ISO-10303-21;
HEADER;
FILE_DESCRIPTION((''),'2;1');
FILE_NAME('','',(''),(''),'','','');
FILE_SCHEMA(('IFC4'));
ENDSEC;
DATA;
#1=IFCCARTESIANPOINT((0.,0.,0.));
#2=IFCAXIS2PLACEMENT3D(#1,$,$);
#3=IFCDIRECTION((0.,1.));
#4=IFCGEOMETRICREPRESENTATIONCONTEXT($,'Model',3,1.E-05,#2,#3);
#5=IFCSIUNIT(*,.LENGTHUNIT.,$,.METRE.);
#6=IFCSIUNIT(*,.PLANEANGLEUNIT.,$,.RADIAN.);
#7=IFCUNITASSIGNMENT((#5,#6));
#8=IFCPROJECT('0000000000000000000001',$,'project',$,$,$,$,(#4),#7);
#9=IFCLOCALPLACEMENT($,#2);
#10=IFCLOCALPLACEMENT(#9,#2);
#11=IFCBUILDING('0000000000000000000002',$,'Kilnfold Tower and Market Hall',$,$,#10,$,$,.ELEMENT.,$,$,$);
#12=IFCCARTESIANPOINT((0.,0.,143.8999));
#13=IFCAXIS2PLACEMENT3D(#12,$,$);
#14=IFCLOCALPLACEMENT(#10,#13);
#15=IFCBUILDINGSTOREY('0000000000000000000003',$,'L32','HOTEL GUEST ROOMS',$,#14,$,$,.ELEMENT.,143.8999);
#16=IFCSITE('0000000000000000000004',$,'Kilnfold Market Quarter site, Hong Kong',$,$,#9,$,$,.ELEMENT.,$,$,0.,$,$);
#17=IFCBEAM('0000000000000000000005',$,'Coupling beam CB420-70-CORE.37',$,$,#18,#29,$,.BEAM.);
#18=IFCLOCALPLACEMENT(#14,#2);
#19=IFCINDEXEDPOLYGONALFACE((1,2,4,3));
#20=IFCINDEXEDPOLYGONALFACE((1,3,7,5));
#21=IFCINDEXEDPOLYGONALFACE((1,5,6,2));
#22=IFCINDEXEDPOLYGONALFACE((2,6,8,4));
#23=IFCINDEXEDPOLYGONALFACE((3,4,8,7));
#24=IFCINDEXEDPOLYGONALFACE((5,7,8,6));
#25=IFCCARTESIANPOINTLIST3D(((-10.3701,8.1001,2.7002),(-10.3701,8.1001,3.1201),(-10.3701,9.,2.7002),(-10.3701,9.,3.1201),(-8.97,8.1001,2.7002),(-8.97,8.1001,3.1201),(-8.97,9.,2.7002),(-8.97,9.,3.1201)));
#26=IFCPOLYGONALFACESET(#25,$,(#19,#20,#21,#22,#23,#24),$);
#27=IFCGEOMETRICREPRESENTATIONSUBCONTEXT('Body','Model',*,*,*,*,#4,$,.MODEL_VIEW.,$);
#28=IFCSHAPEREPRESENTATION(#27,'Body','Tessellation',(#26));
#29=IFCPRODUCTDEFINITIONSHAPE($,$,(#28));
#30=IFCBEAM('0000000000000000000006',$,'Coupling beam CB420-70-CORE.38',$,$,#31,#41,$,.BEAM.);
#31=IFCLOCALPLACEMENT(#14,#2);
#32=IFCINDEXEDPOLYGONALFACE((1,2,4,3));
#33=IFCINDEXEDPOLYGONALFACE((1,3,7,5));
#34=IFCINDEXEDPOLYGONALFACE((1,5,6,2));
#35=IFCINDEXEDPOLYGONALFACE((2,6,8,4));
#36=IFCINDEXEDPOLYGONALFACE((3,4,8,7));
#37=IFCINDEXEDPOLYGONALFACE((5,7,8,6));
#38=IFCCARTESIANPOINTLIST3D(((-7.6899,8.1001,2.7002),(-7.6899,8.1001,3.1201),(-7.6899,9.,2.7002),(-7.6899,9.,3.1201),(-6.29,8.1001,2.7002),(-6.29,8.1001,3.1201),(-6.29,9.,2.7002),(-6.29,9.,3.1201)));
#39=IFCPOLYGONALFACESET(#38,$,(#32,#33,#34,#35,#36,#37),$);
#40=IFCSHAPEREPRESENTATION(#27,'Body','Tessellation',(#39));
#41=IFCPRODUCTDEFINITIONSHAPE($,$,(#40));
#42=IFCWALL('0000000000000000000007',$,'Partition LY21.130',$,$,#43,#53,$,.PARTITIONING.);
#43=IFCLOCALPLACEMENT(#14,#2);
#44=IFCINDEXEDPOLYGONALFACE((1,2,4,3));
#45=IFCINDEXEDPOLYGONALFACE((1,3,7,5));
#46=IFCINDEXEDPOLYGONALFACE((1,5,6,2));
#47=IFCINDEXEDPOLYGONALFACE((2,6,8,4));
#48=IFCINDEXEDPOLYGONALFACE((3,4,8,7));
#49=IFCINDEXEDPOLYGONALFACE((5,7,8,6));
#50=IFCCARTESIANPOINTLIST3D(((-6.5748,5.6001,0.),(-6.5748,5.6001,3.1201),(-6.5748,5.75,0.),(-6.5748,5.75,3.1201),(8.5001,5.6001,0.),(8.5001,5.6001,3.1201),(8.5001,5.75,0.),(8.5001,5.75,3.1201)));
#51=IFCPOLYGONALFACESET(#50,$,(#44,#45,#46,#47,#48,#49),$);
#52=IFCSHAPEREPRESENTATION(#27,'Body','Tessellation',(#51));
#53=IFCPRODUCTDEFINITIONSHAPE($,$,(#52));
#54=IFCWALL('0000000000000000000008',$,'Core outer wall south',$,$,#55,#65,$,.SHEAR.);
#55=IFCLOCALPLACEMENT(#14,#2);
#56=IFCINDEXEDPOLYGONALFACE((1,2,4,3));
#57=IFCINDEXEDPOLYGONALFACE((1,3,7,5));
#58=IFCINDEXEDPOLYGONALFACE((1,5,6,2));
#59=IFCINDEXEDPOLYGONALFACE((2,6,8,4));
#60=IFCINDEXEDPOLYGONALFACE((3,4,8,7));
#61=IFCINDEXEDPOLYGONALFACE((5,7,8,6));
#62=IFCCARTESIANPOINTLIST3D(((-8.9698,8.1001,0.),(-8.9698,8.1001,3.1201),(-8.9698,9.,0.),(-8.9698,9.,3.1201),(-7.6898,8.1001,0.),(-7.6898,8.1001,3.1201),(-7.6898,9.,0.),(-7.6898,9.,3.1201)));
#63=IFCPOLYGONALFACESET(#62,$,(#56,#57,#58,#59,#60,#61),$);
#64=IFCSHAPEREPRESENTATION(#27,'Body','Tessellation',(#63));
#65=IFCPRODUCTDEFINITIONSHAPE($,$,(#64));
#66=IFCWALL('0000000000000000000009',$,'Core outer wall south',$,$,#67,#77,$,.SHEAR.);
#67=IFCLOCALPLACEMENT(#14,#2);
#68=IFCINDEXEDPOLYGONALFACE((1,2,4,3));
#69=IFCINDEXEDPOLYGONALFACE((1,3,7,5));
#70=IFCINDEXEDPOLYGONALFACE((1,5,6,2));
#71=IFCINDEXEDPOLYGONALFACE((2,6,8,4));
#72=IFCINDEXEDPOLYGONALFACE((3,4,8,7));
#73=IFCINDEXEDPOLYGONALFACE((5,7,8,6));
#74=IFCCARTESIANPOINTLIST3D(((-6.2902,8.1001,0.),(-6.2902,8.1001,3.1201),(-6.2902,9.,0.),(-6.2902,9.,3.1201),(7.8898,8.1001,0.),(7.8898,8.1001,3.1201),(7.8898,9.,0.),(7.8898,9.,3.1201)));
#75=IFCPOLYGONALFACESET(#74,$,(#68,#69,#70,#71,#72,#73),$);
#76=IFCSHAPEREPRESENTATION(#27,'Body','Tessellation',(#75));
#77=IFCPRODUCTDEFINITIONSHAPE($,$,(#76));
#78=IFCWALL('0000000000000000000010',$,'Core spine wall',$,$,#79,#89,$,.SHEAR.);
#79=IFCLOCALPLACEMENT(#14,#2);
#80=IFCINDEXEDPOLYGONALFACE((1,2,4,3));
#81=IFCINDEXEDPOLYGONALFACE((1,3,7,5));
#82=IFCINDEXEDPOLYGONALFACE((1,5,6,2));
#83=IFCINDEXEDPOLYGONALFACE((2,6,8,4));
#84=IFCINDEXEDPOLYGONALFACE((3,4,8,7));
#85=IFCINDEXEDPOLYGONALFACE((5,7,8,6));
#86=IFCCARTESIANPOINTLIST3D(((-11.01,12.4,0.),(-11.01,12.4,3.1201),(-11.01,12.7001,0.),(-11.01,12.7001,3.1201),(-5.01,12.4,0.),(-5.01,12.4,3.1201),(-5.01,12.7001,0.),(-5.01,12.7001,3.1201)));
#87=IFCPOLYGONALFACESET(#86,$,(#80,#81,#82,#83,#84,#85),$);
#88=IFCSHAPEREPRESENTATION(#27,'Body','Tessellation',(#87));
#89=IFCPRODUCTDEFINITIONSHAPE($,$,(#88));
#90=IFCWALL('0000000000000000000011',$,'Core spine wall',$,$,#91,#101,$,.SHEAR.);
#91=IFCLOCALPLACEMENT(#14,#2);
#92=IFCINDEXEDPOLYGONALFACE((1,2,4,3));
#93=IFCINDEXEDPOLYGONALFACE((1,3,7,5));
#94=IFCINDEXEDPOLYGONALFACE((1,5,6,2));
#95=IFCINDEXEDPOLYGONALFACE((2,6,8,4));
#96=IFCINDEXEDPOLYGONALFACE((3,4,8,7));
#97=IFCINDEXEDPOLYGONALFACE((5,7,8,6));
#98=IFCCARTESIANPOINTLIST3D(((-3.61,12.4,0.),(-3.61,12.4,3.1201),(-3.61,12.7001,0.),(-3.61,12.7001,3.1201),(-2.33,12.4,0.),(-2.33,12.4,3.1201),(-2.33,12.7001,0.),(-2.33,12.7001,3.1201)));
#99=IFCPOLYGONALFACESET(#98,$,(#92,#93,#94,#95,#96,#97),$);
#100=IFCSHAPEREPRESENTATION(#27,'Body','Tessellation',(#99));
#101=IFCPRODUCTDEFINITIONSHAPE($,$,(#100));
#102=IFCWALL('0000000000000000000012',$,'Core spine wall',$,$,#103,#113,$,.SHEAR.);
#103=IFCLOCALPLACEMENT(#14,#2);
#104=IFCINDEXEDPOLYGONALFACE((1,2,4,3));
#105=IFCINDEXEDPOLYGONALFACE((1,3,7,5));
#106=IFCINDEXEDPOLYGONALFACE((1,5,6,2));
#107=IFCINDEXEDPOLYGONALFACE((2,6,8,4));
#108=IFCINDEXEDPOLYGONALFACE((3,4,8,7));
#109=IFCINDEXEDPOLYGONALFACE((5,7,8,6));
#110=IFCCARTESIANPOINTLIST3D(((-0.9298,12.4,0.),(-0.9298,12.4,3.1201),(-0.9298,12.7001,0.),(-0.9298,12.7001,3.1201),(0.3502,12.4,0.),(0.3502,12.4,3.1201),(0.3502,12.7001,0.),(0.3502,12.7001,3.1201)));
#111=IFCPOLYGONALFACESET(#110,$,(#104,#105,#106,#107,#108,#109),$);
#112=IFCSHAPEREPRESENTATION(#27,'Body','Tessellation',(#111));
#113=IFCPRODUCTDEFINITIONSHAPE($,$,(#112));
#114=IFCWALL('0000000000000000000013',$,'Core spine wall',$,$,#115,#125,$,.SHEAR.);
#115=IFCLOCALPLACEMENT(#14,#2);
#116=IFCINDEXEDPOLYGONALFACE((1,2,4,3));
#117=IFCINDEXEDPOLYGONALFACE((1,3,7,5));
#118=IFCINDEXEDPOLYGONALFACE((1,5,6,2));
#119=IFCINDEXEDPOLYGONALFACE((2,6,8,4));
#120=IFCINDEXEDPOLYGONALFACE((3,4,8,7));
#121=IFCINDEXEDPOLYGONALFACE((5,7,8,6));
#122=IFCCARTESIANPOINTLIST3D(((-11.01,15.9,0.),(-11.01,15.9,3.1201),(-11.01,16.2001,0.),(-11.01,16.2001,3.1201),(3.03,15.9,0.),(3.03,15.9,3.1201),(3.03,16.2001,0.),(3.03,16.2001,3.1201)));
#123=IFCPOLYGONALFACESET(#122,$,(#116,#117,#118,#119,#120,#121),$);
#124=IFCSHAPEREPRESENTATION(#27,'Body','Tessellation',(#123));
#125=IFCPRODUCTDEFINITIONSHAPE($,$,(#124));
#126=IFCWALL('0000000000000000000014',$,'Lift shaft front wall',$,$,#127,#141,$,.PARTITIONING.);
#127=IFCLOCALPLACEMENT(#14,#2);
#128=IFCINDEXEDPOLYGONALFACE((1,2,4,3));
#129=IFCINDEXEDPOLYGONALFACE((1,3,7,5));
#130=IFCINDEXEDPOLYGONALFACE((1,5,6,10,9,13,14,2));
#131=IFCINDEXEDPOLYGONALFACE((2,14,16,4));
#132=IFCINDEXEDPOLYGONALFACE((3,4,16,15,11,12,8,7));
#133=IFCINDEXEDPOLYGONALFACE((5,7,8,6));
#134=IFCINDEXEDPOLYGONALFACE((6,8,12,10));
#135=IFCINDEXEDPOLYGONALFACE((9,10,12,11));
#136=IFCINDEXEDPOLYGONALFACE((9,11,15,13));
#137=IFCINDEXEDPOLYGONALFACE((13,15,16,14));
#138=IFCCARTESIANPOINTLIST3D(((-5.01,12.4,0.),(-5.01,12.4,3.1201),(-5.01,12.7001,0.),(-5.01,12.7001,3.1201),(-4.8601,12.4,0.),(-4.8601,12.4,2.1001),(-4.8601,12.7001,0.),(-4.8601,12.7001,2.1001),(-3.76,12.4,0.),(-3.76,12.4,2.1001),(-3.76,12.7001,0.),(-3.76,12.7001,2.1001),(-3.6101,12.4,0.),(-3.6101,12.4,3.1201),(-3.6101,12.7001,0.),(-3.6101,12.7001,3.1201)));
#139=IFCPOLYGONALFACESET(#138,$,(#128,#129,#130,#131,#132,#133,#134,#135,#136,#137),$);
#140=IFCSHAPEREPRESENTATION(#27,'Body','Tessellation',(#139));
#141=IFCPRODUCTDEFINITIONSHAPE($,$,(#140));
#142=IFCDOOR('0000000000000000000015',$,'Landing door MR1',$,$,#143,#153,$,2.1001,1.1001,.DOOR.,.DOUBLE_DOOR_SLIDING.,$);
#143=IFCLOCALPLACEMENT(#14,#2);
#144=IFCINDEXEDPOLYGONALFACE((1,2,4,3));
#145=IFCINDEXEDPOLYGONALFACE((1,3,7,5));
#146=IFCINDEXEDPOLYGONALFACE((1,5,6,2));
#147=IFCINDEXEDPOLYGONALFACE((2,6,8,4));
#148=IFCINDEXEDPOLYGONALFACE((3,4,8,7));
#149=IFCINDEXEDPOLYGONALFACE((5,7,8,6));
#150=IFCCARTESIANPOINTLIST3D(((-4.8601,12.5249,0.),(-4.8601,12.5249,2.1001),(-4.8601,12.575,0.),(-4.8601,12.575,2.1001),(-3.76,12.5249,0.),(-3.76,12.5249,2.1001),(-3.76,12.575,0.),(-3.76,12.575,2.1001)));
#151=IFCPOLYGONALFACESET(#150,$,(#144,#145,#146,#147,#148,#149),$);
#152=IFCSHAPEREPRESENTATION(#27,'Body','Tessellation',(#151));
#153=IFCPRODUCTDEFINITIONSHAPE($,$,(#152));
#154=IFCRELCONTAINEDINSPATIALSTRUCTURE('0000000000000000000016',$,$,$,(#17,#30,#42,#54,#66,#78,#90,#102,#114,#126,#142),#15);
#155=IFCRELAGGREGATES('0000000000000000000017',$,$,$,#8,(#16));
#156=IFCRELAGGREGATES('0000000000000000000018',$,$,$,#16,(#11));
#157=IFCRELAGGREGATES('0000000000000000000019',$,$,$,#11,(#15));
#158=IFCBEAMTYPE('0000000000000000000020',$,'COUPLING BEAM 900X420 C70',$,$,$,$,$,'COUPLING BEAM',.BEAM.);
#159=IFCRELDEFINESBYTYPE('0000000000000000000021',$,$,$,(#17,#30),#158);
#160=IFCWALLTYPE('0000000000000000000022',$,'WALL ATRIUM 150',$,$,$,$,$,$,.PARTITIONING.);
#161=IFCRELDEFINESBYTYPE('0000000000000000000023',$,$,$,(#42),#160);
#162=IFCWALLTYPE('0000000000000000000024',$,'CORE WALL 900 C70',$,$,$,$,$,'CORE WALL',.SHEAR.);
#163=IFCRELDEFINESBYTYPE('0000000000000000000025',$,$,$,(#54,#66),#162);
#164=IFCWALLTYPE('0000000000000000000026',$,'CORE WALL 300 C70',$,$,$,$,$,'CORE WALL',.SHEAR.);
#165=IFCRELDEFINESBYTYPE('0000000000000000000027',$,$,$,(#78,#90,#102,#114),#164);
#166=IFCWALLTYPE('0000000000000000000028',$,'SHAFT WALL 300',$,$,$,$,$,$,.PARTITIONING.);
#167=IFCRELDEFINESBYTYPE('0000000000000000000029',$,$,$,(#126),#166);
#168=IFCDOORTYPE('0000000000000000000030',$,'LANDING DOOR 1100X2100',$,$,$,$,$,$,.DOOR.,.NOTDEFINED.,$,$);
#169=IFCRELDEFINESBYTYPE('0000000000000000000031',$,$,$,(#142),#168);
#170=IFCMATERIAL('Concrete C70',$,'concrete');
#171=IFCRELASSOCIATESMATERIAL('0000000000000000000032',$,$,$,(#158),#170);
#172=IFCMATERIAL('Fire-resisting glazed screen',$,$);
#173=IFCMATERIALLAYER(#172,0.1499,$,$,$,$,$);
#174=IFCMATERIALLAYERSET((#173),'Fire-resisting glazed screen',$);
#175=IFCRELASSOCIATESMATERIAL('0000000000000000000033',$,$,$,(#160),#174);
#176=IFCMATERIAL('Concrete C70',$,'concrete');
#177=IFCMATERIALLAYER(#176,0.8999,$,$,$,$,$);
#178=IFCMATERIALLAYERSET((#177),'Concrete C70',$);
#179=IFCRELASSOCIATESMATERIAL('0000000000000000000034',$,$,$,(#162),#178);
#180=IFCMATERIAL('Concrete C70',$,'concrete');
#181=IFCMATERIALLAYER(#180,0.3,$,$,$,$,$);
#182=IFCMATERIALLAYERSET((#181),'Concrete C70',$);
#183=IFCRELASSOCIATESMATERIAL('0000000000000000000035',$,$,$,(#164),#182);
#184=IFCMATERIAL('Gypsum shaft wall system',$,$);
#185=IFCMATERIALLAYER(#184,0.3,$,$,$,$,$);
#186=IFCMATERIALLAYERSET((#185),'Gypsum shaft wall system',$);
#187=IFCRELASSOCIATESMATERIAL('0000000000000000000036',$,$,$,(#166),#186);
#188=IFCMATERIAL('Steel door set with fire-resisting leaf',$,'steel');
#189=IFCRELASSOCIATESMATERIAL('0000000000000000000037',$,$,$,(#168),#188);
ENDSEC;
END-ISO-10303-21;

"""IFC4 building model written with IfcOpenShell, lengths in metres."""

from ifc_helpers import new_model, si_unit, direction, frame, frame_2d, origin, origin_2d, place, context, subcontext, project, spatial, rectangle, extrude, source, transform, mapped, material, layer, layer_set, material_profile, profile_set, type_object, element, fill, save


model = new_model("IFC4")

# Units and contexts
model_context = context("Model", 3, precision=1e-05, world=origin(), true_north=direction((0.0, 1.0)))
body_context = subcontext(model_context, "Body", "Model", "MODEL_VIEW")
ifc_project = project(units=[si_unit("LENGTHUNIT", "METRE"), si_unit("PLANEANGLEUNIT", "RADIAN")], contexts=[model_context])

# Site, building, storey
site_placement = place(None, origin())
site = spatial("IfcSite", under=ifc_project, at=site_placement, Name="Kilnfold Market Quarter site, Hong Kong", CompositionType="ELEMENT", RefElevation=0.0)
building_placement = place(site_placement, origin())
building = spatial("IfcBuilding", under=site, at=building_placement, Name="Kilnfold Tower and Market Hall", CompositionType="ELEMENT")
storey_placement = place(building_placement, frame((0.0, 0.0, 143.8999)))
storey = spatial("IfcBuildingStorey", under=building, at=storey_placement, Name="L32", Description="HOTEL GUEST ROOMS", CompositionType="ELEMENT", Elevation=143.8999)

# Beams
ifc_material_1 = material(Name="Concrete C70", Category="concrete")
ifc_material_profile = material_profile(ifc_material_1, rectangle(XDim=0.8999, YDim=0.4199, at=origin_2d()), Name="RC 900x420")
ifc_profile_set = profile_set([ifc_material_profile], Name="Concrete C70")
beam_type = type_object("IfcBeamType", Name="COUPLING BEAM 900X420 C70", ElementType="COUPLING BEAM", PredefinedType="BEAM", material=ifc_profile_set)
shared_shape_1 = source(origin(), body_context, "Body", "SweptSolid", [
    extrude(rectangle(XDim=0.8999, YDim=0.4199, at=origin_2d()), origin(), (0.0, 0.0, 1.0), 1.4001),
])
beam_1_placement = place(storey_placement, frame((-10.3701, 8.55, 2.9102), z_axis=(1.0, 0.0, 0.0), x_axis=(0.0, 1.0, 0.0)))
element("IfcBeam", 1, at=beam_1_placement, inside=storey, type_object=beam_type, Name="Coupling beam CB420-70-CORE.37", PredefinedType="BEAM", context=body_context, shape_type="MappedRepresentation", body=[
    mapped(shared_shape_1, transform((0.0, 0.0, 0.0))),
])
shared_shape_2 = source(origin(), body_context, "Body", "SweptSolid", [
    extrude(rectangle(XDim=0.8999, YDim=0.4199, at=origin_2d()), origin(), (0.0, 0.0, 1.0), 1.3999),
])
beam_2_placement = place(storey_placement, frame((-7.6899, 8.55, 2.9102), z_axis=(1.0, 0.0, 0.0), x_axis=(0.0, 1.0, 0.0)))
element("IfcBeam", 2, at=beam_2_placement, inside=storey, type_object=beam_type, Name="Coupling beam CB420-70-CORE.38", PredefinedType="BEAM", context=body_context, shape_type="MappedRepresentation", body=[
    mapped(shared_shape_2, transform((0.0, 0.0, 0.0))),
])

# Walls
ifc_material_2 = material(Name="Fire-resisting glazed screen")
ifc_layer_1 = layer(ifc_material_2, 0.1499)
ifc_layer_set_1 = layer_set([ifc_layer_1], Name="Fire-resisting glazed screen")
wall_type_1 = type_object("IfcWallType", Name="WALL ATRIUM 150", PredefinedType="PARTITIONING", material=ifc_layer_set_1)
wall_1_placement = place(storey_placement, frame((-6.575, 5.675, 0.0), z_axis=(0.0, 0.0, 1.0), x_axis=(1.0, 0.0, 0.0)))
element("IfcWall", 3, at=wall_1_placement, inside=storey, type_object=wall_type_1, Name="Partition LY21.130", PredefinedType="PARTITIONING", context=body_context, shape_type="SweptSolid", body=[
    extrude(rectangle(XDim=15.075, YDim=0.1499, at=frame_2d((7.5376, 0.0))), origin(), (0.0, 0.0, 1.0), 3.1201),
])
ifc_material_3 = material(Name="Concrete C70", Category="concrete")
ifc_layer_2 = layer(ifc_material_3, 0.8999)
ifc_layer_set_2 = layer_set([ifc_layer_2], Name="Concrete C70")
wall_type_2 = type_object("IfcWallType", Name="CORE WALL 900 C70", ElementType="CORE WALL", PredefinedType="SHEAR", material=ifc_layer_set_2)
shared_shape_3 = source(origin(), body_context, "Body", "SweptSolid", [
    extrude(rectangle(XDim=1.28, YDim=0.8999, at=frame_2d((0.6401, 0.0))), origin(), (0.0, 0.0, 1.0), 3.1201),
])
wall_2_placement = place(storey_placement, frame((-8.97, 8.55, 0.0), z_axis=(0.0, 0.0, 1.0), x_axis=(1.0, 0.0, 0.0)))
element("IfcWall", 4, at=wall_2_placement, inside=storey, type_object=wall_type_2, Name="Core outer wall south", PredefinedType="SHEAR", context=body_context, shape_type="MappedRepresentation", body=[
    mapped(shared_shape_3, transform((0.0, 0.0, 0.0))),
])
shared_shape_4 = source(origin(), body_context, "Body", "SweptSolid", [
    extrude(rectangle(XDim=14.1799, YDim=0.8999, at=frame_2d((7.0898, 0.0))), origin(), (0.0, 0.0, 1.0), 3.1201),
])
wall_3_placement = place(storey_placement, frame((-6.29, 8.55, 0.0), z_axis=(0.0, 0.0, 1.0), x_axis=(1.0, 0.0, 0.0)))
element("IfcWall", 5, at=wall_3_placement, inside=storey, type_object=wall_type_2, Name="Core outer wall south", PredefinedType="SHEAR", context=body_context, shape_type="MappedRepresentation", body=[
    mapped(shared_shape_4, transform((0.0, 0.0, 0.0))),
])
ifc_material_4 = material(Name="Concrete C70", Category="concrete")
ifc_layer_3 = layer(ifc_material_4, 0.3)
ifc_layer_set_3 = layer_set([ifc_layer_3], Name="Concrete C70")
wall_type_3 = type_object("IfcWallType", Name="CORE WALL 300 C70", ElementType="CORE WALL", PredefinedType="SHEAR", material=ifc_layer_set_3)
shared_shape_5 = source(origin(), body_context, "Body", "SweptSolid", [
    extrude(rectangle(XDim=6.0, YDim=0.3, at=frame_2d((3.0, 0.0))), origin(), (0.0, 0.0, 1.0), 3.1201),
])
wall_4_placement = place(storey_placement, frame((-11.01, 12.55, 0.0), z_axis=(0.0, 0.0, 1.0), x_axis=(1.0, 0.0, 0.0)))
element("IfcWall", 6, at=wall_4_placement, inside=storey, type_object=wall_type_3, Name="Core spine wall", PredefinedType="SHEAR", context=body_context, shape_type="MappedRepresentation", body=[
    mapped(shared_shape_5, transform((0.0, 0.0, 0.0))),
])
shared_shape_6 = source(origin(), body_context, "Body", "SweptSolid", [
    extrude(rectangle(XDim=1.28, YDim=0.3, at=frame_2d((0.6401, 0.0))), origin(), (0.0, 0.0, 1.0), 3.1201),
])
for number, where, z_axis, x_axis, name in (
    (7, (-3.6101, 12.55, 0.0), (0.0, 0.0, 1.0), (1.0, 0.0, 0.0), "Core spine wall"),
    (8, (-0.9299, 12.55, 0.0), (0.0, 0.0, 1.0), (1.0, 0.0, 0.0), "Core spine wall"),
):
    element("IfcWall", number, at=place(storey_placement, frame(where, z_axis=z_axis, x_axis=x_axis)), inside=storey, type_object=wall_type_3, Name=name, PredefinedType="SHEAR", context=body_context, shape_type="MappedRepresentation", body=[
        mapped(shared_shape_6, transform((0.0, 0.0, 0.0))),
    ])
shared_shape_7 = source(origin(), body_context, "Body", "SweptSolid", [
    extrude(rectangle(XDim=14.04, YDim=0.3, at=frame_2d((7.02, 0.0))), origin(), (0.0, 0.0, 1.0), 3.1201),
])
wall_5_placement = place(storey_placement, frame((-11.01, 16.05, 0.0), z_axis=(0.0, 0.0, 1.0), x_axis=(1.0, 0.0, 0.0)))
element("IfcWall", 9, at=wall_5_placement, inside=storey, type_object=wall_type_3, Name="Core spine wall", PredefinedType="SHEAR", context=body_context, shape_type="MappedRepresentation", body=[
    mapped(shared_shape_7, transform((0.0, 0.0, 0.0))),
])

# Wall, opening, door
ifc_material_5 = material(Name="Gypsum shaft wall system")
ifc_layer_4 = layer(ifc_material_5, 0.3)
ifc_layer_set_4 = layer_set([ifc_layer_4], Name="Gypsum shaft wall system")
wall_type_4 = type_object("IfcWallType", Name="SHAFT WALL 300", PredefinedType="PARTITIONING", material=ifc_layer_set_4)
shared_shape_8 = source(origin(), body_context, "Body", "SweptSolid", [
    extrude(rectangle(XDim=1.3999, YDim=0.3, at=frame_2d((0.7, 0.0))), origin(), (0.0, 0.0, 1.0), 3.1201),
])
wall_6_placement = place(storey_placement, frame((-5.01, 12.55, 0.0), z_axis=(0.0, 0.0, 1.0), x_axis=(1.0, 0.0, 0.0)))
wall_6 = element("IfcWall", 10, at=wall_6_placement, inside=storey, type_object=wall_type_4, Name="Lift shaft front wall", PredefinedType="PARTITIONING", context=body_context, shape_type="MappedRepresentation", body=[
    mapped(shared_shape_8, transform((0.0, 0.0, 0.0))),
])
opening_1_placement = place(wall_6_placement, frame((0.1499, 0.0, 0.0)))
opening_1 = element("IfcOpeningElement", 11, at=opening_1_placement, cuts=wall_6, PredefinedType="OPENING", context=body_context, shape_type="SweptSolid", body=[
    extrude(rectangle(XDim=1.1001, YDim=2.1001, at=frame_2d((0.55, 1.05))), frame((0.0, 0.1602, 0.0), z_axis=(0.0, -1.0, 0.0), x_axis=(1.0, 0.0, 0.0)), (0.0, 0.0, 1.0), 0.3201),
])
ifc_material_6 = material(Name="Steel door set with fire-resisting leaf", Category="steel")
door_type_1 = type_object("IfcDoorType", Name="LANDING DOOR 1100X2100", OperationType="NOTDEFINED", PredefinedType="DOOR", material=ifc_material_6)
door_1_placement = place(opening_1_placement, origin())
door_1 = element("IfcDoor", 12, at=door_1_placement, inside=storey, type_object=door_type_1, Name="Landing door MR1", OperationType="DOUBLE_DOOR_SLIDING", OverallHeight=2.1001, OverallWidth=1.1001, PredefinedType="DOOR", context=body_context, shape_type="SweptSolid", body=[
    extrude(rectangle(XDim=1.1001, YDim=2.1001, at=frame_2d((0.55, 1.05))), frame((0.0, 0.0249, 0.0), z_axis=(0.0, -1.0, 0.0), x_axis=(1.0, 0.0, 0.0)), (0.0, 0.0, 1.0), 0.05),
])
fill(opening_1, door_1)

save(model, "model.ifc")
